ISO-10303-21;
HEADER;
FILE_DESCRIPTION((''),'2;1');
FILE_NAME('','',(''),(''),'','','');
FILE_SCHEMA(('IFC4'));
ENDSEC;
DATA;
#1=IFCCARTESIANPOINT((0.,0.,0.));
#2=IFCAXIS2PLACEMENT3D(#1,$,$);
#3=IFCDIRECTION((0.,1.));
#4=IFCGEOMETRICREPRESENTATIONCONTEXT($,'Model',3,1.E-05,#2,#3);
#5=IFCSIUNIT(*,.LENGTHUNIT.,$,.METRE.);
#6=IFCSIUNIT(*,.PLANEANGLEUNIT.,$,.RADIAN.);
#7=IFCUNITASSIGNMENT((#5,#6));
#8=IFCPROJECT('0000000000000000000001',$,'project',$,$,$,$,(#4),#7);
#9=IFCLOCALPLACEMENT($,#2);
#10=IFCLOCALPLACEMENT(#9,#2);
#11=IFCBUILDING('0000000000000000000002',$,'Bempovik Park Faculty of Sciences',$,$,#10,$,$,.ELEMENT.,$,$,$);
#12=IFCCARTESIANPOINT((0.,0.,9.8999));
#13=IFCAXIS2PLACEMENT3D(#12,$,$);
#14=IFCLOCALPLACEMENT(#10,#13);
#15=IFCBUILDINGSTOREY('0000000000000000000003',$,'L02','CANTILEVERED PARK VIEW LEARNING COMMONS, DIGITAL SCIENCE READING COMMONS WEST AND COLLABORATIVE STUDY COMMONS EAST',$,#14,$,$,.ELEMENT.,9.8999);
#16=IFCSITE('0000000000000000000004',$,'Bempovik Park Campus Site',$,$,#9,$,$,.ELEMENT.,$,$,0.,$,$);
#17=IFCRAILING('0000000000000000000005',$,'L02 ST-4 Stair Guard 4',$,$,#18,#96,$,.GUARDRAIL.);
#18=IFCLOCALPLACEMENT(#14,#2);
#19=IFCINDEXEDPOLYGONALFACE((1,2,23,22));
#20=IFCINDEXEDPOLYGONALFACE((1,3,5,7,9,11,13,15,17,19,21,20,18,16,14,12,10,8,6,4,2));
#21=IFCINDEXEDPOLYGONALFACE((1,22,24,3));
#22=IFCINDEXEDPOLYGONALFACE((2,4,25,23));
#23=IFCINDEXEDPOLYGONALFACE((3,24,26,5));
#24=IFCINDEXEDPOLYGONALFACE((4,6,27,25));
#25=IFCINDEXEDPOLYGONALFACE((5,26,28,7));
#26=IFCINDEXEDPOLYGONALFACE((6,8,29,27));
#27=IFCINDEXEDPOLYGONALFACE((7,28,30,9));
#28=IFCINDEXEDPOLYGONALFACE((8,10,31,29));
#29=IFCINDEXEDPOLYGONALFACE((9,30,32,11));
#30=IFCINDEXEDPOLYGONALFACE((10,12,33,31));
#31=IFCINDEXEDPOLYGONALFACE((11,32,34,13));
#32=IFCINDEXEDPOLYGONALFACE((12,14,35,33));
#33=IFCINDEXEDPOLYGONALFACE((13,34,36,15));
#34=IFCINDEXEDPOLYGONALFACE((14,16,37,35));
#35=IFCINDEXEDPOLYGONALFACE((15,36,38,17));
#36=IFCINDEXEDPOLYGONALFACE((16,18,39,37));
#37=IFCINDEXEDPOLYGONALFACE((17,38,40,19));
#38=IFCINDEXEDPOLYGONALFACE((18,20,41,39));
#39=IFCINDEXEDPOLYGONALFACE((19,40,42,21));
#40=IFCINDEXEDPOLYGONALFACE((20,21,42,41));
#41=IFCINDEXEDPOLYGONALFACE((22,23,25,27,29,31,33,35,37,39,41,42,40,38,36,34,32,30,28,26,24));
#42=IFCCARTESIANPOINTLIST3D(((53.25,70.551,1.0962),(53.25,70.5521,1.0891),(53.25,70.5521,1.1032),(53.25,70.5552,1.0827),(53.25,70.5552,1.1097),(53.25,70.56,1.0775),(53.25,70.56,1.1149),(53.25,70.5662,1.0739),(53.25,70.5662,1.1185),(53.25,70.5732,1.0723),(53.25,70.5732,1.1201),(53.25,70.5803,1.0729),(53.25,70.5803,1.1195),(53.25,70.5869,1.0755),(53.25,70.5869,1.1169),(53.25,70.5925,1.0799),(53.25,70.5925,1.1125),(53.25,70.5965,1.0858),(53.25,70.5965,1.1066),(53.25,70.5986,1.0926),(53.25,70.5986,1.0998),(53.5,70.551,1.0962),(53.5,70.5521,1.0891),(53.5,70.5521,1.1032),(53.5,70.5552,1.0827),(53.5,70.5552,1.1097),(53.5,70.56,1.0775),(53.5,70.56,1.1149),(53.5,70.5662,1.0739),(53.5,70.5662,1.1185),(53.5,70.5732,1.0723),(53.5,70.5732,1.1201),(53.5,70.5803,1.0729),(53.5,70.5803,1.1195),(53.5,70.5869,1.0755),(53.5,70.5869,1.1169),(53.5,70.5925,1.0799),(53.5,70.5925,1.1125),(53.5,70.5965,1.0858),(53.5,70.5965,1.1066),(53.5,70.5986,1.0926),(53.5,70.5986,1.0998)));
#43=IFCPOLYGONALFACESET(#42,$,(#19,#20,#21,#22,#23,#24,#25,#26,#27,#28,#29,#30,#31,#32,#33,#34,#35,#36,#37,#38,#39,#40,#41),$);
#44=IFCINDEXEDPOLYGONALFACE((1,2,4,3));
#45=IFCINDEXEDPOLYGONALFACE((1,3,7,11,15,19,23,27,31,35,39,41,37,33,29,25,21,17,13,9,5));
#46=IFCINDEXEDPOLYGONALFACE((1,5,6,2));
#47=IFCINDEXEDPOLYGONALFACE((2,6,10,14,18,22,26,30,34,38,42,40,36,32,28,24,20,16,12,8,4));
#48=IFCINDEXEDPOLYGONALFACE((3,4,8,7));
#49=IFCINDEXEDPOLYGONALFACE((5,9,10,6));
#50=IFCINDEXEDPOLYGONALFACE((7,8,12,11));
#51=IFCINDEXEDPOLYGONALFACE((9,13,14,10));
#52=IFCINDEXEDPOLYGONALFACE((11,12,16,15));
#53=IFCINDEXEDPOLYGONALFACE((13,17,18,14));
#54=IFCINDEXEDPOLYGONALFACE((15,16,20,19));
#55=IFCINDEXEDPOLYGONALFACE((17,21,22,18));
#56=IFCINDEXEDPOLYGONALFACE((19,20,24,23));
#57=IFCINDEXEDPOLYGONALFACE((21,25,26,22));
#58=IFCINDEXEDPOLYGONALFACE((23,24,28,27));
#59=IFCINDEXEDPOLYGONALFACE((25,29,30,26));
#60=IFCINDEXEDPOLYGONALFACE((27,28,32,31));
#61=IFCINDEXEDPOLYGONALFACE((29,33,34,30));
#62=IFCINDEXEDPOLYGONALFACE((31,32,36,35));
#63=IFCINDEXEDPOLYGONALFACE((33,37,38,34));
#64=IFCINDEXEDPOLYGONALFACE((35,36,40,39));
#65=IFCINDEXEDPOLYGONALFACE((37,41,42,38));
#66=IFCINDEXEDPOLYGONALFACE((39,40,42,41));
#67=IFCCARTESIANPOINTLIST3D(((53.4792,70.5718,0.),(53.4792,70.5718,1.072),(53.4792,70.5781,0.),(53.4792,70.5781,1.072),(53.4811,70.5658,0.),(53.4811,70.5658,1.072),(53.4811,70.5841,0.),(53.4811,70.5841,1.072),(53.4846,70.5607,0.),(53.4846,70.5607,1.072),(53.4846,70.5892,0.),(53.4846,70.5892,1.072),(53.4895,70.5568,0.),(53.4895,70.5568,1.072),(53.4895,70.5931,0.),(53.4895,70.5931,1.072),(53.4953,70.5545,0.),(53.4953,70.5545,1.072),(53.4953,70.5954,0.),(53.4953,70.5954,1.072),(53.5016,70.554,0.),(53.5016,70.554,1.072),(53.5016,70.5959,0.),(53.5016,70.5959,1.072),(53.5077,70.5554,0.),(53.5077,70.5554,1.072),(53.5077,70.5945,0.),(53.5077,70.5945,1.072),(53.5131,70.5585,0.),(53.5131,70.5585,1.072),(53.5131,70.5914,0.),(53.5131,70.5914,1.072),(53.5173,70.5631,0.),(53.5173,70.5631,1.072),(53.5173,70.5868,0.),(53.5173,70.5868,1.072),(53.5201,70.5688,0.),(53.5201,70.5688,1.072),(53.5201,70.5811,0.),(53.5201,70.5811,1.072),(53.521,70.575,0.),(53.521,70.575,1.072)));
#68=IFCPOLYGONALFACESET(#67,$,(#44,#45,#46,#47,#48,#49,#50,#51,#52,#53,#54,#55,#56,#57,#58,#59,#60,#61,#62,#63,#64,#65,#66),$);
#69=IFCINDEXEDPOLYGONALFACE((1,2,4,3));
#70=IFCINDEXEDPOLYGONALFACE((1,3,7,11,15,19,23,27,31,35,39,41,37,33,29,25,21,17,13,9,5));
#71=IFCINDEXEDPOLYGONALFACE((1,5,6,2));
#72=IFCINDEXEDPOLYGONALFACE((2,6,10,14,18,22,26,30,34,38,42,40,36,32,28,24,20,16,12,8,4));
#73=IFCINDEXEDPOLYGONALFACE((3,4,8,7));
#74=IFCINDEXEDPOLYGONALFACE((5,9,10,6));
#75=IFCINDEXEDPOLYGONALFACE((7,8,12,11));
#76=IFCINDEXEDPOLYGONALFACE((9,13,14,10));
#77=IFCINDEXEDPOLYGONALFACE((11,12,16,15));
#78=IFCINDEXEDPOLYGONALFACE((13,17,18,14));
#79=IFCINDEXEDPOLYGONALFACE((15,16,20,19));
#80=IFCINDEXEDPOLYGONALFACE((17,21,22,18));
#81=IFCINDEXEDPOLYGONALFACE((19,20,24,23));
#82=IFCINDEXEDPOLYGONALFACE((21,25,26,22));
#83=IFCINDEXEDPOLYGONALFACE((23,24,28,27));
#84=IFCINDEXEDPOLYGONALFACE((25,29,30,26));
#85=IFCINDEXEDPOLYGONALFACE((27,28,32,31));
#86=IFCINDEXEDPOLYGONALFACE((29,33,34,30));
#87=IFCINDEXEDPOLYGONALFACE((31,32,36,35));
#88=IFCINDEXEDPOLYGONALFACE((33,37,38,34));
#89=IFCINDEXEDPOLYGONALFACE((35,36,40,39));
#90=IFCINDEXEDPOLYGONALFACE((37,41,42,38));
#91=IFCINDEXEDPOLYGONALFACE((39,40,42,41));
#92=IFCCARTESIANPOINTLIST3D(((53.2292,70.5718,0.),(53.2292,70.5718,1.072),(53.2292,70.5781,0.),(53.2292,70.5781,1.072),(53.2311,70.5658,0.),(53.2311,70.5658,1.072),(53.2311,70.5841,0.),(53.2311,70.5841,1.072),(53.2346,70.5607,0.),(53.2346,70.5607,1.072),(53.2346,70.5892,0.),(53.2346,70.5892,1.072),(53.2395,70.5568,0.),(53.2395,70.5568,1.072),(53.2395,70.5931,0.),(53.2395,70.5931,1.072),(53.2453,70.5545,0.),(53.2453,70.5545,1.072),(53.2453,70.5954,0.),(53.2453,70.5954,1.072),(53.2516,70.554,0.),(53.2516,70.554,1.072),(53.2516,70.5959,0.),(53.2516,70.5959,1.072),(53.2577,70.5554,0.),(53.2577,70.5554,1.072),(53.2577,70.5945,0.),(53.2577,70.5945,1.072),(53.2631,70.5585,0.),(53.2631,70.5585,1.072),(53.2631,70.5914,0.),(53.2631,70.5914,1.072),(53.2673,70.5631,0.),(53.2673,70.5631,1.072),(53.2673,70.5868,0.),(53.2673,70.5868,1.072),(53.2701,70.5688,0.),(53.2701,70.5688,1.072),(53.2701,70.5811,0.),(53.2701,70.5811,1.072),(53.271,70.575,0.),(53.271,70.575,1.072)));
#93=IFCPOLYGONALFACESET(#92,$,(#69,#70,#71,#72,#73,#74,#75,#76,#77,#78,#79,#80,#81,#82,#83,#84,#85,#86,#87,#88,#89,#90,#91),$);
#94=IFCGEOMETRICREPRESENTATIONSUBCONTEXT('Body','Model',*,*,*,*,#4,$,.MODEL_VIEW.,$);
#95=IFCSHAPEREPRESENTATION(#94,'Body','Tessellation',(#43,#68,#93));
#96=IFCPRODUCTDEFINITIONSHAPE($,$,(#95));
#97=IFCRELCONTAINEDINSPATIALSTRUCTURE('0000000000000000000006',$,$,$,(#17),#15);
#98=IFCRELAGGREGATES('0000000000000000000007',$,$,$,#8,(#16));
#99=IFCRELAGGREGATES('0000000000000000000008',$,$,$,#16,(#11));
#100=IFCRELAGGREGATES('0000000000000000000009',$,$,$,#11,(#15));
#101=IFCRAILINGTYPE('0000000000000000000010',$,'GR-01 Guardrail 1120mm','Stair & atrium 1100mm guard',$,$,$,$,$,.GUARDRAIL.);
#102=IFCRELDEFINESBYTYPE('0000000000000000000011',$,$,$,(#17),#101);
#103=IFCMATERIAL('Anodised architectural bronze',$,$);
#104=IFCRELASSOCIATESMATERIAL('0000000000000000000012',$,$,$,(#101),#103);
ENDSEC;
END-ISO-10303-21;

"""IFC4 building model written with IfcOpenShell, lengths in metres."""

from ifc_helpers import new_model, si_unit, direction, frame, origin, origin_2d, place, context, subcontext, project, spatial, circle, extrude, material, type_object, element, save


model = new_model("IFC4")

# Units and contexts
model_context = context("Model", 3, precision=1e-05, world=origin(), true_north=direction((0.0, 1.0)))
body_context = subcontext(model_context, "Body", "Model", "MODEL_VIEW")
ifc_project = project(units=[si_unit("LENGTHUNIT", "METRE"), si_unit("PLANEANGLEUNIT", "RADIAN")], contexts=[model_context])

# Site, building, storey
site_placement = place(None, origin())
site = spatial("IfcSite", under=ifc_project, at=site_placement, Name="Bempovik Park Campus Site", CompositionType="ELEMENT", RefElevation=0.0)
building_placement = place(site_placement, origin())
building = spatial("IfcBuilding", under=site, at=building_placement, Name="Bempovik Park Faculty of Sciences", CompositionType="ELEMENT")
storey_placement = place(building_placement, frame((0.0, 0.0, 9.8999)))
storey = spatial("IfcBuildingStorey", under=building, at=storey_placement, Name="L02", Description="CANTILEVERED PARK VIEW LEARNING COMMONS, DIGITAL SCIENCE READING COMMONS WEST AND COLLABORATIVE STUDY COMMONS EAST", CompositionType="ELEMENT", Elevation=9.8999)

# Shared definitions
ifc_material_1 = material(Name="Anodised architectural bronze")

# Railing
railing_type_1 = type_object("IfcRailingType", Name="GR-01 Guardrail 1120mm", Description="Stair & atrium 1100mm guard", PredefinedType="GUARDRAIL", material=ifc_material_1)
railing_1_placement = place(storey_placement, frame((53.5, 70.575, 0.0)))
element("IfcRailing", 1, at=railing_1_placement, inside=storey, type_object=railing_type_1, Name="L02 ST-4 Stair Guard 4", PredefinedType="GUARDRAIL", context=body_context, shape_type="SweptSolid", body=[
    extrude(circle(Radius=0.0239, at=origin_2d()), frame((0.0, 0.0, 1.0962), z_axis=(-1.0, 0.0, 0.0), x_axis=(0.0, -1.0, 0.0)), (0.0, 0.0, 1.0), 0.25),
    extrude(circle(Radius=0.021, at=origin_2d()), origin(), (0.0, 0.0, 1.0), 1.072),
    extrude(circle(Radius=0.021, at=origin_2d()), frame((-0.25, 0.0, 0.0)), (0.0, 0.0, 1.0), 1.072),
])

save(model, "model.ifc")
